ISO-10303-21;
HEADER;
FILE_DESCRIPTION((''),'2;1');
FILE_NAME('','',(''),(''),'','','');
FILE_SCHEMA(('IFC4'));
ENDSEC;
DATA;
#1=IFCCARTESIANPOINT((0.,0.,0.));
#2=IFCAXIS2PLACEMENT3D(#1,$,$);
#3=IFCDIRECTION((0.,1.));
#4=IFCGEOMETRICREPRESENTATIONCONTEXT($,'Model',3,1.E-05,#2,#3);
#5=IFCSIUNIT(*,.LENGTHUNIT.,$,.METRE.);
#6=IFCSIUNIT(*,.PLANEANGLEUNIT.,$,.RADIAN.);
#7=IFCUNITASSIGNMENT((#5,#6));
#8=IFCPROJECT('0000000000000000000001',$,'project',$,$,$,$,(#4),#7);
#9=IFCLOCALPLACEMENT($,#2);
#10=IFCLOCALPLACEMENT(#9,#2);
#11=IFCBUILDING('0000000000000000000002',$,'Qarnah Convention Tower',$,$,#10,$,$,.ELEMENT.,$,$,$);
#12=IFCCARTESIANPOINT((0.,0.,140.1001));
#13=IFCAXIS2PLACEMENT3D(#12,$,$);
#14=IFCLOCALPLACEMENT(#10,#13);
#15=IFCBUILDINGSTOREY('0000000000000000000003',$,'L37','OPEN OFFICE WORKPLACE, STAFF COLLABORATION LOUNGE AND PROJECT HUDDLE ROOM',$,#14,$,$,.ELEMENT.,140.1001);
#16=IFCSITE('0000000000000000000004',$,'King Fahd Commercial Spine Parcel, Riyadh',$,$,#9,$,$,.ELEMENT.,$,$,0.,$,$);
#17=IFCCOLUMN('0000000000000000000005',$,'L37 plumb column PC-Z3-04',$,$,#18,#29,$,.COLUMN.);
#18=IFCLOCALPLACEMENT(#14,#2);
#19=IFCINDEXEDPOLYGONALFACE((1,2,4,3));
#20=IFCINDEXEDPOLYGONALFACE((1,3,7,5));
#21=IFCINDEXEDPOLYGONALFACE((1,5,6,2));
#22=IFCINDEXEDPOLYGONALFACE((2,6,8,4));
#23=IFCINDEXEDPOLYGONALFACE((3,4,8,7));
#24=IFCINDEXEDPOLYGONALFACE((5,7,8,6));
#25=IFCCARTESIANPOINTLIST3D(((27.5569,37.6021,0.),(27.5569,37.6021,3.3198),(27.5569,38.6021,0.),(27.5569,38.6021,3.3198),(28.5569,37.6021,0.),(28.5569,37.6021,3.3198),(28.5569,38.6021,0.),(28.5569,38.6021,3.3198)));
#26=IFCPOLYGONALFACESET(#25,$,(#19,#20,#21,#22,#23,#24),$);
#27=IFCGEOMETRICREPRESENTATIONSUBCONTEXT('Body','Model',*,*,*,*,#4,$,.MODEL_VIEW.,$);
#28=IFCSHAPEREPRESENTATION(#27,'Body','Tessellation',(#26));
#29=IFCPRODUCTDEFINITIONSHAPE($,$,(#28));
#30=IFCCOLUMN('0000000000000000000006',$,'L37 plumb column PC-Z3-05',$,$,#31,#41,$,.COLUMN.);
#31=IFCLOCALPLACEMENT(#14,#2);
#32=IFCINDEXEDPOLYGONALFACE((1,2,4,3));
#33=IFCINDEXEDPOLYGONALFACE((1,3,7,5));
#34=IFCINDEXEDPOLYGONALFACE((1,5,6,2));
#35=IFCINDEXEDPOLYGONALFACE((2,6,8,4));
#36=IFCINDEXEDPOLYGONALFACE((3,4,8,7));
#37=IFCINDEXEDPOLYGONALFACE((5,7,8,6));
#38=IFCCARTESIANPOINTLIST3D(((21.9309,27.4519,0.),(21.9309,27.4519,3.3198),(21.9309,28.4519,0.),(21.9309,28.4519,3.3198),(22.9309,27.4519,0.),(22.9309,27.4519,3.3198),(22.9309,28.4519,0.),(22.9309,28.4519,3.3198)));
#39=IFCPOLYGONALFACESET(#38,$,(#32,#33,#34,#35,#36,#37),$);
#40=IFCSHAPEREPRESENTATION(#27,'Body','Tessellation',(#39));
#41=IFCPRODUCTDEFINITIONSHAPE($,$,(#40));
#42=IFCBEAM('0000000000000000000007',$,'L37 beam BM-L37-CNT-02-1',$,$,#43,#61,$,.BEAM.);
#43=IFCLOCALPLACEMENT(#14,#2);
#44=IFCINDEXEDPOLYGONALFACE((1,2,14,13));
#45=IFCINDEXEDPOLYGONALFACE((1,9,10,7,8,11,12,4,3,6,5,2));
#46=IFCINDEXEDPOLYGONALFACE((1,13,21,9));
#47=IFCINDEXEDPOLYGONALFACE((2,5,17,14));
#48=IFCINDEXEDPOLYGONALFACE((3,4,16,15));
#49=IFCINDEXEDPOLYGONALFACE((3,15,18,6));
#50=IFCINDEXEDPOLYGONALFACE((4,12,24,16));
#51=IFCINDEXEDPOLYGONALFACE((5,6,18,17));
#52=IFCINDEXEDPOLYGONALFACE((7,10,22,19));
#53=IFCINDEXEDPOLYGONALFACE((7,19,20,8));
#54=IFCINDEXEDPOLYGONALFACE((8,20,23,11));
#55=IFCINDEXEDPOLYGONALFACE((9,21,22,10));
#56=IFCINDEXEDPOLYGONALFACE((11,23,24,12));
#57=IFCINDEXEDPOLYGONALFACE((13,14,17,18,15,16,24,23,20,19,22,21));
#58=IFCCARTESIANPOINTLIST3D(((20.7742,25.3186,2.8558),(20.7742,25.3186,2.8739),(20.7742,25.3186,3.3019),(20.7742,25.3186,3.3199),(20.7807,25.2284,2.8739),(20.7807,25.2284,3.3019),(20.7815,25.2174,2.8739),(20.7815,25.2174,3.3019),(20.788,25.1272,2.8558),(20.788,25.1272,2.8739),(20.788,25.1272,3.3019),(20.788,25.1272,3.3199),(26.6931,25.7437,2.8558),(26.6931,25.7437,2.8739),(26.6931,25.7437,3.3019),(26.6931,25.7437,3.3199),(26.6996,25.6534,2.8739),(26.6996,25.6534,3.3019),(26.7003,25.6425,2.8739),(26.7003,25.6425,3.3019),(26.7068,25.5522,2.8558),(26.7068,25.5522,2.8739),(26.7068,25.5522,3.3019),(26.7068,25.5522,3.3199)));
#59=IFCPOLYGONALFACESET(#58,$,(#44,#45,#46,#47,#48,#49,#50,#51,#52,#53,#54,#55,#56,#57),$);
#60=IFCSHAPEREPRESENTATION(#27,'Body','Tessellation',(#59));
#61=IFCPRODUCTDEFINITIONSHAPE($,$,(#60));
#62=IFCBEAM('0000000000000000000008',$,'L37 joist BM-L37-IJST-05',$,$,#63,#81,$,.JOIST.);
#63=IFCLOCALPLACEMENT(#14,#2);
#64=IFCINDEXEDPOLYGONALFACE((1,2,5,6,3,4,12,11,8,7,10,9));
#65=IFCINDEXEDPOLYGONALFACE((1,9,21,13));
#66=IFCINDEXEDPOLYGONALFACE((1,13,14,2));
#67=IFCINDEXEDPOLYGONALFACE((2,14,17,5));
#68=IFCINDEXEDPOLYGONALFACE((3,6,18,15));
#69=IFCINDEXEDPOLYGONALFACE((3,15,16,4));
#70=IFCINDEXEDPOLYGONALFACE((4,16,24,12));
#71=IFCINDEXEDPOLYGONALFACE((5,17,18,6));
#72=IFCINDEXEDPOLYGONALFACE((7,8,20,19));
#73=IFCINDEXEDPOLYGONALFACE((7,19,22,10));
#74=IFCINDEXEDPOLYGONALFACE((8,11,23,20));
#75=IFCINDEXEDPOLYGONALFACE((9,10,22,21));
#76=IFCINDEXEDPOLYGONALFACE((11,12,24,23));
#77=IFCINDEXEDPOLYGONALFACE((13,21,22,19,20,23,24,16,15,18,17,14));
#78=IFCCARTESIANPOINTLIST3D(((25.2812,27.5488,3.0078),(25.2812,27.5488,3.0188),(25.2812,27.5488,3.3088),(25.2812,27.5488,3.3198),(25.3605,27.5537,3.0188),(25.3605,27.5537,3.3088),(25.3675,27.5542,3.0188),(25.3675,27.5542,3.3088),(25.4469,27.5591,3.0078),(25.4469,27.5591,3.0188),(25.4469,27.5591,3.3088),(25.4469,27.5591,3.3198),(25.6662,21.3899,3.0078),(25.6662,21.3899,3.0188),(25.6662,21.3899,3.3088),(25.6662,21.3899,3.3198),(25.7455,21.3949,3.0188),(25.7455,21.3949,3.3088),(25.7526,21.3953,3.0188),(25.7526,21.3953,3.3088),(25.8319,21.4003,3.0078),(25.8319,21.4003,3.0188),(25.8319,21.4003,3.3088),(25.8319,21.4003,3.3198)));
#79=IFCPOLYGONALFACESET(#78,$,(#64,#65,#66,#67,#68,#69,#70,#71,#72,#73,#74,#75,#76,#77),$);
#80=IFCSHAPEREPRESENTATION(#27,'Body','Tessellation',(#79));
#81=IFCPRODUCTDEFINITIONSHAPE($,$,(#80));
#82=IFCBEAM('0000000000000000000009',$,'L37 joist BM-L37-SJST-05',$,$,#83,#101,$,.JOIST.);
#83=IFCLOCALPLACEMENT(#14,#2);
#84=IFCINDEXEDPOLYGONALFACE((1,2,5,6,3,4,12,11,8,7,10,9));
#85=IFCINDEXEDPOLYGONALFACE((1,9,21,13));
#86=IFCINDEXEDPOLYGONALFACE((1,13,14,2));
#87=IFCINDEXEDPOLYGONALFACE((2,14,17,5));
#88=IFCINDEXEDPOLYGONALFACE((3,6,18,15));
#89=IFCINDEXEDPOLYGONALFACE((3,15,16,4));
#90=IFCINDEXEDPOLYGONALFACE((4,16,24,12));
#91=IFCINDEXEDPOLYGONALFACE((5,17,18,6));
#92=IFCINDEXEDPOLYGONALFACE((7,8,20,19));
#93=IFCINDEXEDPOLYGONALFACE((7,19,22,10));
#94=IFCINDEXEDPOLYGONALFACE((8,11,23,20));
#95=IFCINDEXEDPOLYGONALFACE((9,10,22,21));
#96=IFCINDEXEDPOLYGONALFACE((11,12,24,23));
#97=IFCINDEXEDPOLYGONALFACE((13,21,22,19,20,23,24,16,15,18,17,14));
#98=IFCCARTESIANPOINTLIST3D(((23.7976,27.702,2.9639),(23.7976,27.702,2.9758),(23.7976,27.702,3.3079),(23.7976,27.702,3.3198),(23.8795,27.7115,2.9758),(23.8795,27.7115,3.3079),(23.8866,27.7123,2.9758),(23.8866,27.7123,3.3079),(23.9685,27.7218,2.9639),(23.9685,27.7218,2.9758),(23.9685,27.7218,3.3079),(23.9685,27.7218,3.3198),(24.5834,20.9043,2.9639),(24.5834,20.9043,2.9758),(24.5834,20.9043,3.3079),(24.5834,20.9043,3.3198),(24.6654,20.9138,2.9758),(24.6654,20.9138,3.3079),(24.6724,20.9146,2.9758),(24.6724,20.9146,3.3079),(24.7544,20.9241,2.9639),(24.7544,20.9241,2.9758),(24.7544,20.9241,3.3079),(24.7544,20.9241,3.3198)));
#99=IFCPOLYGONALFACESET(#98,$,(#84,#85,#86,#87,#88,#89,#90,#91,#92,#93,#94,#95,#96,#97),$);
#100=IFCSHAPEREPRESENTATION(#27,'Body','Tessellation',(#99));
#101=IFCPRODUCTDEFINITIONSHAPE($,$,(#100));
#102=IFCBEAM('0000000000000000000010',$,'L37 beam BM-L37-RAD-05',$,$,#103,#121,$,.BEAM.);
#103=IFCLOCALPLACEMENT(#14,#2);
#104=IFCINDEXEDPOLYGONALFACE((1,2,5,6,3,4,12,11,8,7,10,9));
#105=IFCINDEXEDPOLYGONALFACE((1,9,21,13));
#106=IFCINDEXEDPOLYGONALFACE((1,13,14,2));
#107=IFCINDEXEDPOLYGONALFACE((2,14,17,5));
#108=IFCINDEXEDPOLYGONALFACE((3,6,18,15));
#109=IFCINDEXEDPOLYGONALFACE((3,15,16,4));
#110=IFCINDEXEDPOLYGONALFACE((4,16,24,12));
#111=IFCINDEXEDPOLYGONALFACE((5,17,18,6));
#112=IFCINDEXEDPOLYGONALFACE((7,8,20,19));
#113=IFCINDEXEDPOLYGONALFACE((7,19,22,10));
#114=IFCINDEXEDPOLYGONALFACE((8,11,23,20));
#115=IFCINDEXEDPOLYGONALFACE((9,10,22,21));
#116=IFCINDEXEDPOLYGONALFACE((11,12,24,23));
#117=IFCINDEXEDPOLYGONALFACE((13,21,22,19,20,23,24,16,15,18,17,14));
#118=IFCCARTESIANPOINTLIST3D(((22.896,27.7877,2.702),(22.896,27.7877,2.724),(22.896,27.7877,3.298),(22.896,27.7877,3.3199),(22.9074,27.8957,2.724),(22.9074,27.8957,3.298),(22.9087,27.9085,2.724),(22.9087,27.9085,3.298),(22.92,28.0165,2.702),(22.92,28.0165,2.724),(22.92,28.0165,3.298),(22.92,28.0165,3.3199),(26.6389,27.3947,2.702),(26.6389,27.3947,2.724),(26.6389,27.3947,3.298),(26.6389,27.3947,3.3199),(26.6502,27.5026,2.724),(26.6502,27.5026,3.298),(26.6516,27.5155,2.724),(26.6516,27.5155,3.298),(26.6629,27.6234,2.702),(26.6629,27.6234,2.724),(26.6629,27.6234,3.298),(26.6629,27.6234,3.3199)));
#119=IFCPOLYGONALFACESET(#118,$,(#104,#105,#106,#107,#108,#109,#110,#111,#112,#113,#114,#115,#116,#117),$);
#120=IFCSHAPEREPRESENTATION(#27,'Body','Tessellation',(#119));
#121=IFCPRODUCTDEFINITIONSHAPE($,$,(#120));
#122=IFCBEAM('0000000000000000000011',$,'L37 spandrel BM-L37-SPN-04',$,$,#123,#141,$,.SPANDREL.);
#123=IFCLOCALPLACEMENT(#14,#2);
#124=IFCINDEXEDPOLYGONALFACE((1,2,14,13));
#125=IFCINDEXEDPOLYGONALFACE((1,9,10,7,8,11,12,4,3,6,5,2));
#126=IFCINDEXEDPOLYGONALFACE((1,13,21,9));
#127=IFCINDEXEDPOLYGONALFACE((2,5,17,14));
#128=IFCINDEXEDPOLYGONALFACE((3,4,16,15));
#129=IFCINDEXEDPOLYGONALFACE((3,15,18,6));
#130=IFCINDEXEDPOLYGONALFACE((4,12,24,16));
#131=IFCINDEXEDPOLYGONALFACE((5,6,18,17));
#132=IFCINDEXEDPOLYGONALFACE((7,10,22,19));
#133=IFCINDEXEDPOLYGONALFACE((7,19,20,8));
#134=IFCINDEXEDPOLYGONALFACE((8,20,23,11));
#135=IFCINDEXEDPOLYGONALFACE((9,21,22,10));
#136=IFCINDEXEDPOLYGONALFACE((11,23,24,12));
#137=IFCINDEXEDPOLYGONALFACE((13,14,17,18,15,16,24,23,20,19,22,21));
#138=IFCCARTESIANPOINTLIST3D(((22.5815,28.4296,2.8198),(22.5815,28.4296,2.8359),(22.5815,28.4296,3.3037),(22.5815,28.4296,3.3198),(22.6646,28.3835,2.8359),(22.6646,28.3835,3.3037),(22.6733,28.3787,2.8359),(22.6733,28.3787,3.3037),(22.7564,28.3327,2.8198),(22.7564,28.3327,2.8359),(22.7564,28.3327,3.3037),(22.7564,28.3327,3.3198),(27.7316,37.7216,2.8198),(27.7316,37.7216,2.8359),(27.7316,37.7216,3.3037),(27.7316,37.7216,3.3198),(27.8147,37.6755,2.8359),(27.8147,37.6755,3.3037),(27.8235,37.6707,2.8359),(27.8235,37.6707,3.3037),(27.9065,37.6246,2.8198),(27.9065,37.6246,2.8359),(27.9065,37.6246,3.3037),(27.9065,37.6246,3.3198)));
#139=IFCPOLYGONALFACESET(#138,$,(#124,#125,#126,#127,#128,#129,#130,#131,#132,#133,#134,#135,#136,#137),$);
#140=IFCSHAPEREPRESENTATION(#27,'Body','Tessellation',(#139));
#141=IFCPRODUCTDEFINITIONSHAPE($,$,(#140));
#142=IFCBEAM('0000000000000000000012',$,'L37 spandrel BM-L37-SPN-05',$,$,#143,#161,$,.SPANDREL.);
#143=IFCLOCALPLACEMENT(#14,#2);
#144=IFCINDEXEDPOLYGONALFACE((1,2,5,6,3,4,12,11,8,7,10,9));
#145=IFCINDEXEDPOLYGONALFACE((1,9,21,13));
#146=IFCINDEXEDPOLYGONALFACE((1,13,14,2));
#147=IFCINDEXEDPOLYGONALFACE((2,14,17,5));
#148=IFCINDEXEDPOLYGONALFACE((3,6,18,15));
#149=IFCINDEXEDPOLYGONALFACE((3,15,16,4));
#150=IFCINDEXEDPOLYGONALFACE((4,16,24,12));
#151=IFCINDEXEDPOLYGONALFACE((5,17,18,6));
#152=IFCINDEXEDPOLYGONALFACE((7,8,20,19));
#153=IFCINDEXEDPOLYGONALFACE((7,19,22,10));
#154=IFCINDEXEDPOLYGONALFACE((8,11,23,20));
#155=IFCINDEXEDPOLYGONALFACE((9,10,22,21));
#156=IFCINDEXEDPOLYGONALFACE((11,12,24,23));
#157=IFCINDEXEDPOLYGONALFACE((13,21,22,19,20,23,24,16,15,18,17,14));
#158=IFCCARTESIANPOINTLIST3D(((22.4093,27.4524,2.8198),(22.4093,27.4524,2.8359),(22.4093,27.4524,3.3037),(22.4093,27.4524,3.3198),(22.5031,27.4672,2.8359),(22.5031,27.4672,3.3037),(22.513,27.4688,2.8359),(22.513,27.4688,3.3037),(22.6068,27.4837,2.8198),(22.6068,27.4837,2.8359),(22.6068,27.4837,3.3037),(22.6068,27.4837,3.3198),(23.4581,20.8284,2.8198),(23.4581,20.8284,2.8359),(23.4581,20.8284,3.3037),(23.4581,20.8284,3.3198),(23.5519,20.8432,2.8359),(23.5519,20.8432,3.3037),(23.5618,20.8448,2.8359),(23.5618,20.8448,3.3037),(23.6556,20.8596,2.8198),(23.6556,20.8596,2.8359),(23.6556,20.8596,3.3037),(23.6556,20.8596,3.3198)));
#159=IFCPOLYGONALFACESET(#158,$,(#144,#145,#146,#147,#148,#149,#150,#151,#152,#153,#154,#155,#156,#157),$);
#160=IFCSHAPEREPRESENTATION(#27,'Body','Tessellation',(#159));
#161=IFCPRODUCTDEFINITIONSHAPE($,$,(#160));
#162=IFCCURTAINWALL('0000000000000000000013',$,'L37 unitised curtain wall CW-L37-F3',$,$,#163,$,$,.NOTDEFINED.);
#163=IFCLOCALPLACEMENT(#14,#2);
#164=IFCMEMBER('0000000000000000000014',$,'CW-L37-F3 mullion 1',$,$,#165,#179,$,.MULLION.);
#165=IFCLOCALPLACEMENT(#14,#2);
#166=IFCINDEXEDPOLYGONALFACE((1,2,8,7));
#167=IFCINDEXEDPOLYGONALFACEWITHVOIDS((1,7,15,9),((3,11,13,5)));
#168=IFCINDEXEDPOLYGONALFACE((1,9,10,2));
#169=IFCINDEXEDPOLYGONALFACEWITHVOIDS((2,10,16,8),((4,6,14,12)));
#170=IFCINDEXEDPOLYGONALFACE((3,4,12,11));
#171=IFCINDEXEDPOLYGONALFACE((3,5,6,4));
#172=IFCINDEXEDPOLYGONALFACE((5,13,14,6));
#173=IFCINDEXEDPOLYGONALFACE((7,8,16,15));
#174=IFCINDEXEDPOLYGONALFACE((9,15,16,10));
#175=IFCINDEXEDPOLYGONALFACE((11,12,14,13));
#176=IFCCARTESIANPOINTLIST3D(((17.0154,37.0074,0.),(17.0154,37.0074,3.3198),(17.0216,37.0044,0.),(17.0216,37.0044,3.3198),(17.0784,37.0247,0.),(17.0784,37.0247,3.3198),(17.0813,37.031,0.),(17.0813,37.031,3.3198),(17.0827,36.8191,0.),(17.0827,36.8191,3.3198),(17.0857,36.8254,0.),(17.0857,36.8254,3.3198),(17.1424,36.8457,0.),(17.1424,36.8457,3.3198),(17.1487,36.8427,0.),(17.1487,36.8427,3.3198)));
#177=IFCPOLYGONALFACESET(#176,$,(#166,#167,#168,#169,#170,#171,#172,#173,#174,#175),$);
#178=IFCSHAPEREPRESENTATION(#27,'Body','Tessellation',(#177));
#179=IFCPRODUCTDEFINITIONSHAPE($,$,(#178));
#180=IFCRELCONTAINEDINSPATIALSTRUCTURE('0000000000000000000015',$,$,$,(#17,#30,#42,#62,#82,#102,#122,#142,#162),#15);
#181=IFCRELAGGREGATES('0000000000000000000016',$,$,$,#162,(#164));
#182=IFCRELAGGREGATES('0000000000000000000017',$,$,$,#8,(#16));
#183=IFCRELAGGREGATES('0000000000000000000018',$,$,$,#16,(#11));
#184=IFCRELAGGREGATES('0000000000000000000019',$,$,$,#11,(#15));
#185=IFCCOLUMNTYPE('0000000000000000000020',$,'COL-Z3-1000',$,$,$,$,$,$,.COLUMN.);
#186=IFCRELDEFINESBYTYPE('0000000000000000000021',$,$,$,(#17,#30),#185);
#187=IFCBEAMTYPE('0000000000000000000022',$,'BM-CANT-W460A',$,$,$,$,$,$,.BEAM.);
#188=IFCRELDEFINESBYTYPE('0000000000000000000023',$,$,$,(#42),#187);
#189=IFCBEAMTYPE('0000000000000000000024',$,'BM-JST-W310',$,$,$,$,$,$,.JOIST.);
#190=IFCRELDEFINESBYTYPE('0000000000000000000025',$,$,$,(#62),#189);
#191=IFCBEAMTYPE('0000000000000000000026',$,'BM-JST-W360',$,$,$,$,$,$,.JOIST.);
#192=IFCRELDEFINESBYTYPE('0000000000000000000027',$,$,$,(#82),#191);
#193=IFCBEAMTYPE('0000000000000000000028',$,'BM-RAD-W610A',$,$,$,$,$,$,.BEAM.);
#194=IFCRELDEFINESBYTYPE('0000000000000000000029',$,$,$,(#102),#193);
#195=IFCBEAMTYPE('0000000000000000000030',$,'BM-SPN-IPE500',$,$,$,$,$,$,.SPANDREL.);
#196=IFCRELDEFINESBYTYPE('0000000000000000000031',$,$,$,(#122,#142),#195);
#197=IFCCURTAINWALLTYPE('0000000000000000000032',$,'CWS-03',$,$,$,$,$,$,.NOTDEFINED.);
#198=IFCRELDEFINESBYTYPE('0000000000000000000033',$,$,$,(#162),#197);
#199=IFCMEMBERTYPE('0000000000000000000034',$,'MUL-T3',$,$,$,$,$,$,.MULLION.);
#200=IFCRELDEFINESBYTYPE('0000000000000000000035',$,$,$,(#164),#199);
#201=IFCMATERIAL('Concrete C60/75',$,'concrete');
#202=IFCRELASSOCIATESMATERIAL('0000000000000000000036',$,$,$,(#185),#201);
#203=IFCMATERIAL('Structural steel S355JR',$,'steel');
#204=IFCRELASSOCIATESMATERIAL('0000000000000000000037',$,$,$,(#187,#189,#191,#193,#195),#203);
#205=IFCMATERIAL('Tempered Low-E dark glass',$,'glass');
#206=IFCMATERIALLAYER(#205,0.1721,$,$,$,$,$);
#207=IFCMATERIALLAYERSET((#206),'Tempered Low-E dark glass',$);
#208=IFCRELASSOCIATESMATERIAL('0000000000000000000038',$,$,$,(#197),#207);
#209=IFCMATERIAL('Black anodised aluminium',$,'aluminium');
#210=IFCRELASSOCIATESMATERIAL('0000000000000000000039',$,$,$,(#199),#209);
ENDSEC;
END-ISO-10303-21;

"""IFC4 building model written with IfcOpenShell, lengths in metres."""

from ifc_helpers import new_model, si_unit, direction, frame, origin, origin_2d, place, context, subcontext, project, spatial, rectangle, hollow_rectangle, i_section, extrude, material, layer, layer_set, material_profile, profile_set, type_object, element, aggregate, save


model = new_model("IFC4")

# Units and contexts
model_context = context("Model", 3, precision=1e-05, world=origin(), true_north=direction((0.0, 1.0)))
body_context = subcontext(model_context, "Body", "Model", "MODEL_VIEW")
ifc_project = project(units=[si_unit("LENGTHUNIT", "METRE"), si_unit("PLANEANGLEUNIT", "RADIAN")], contexts=[model_context])

# Site, building, storey
site_placement = place(None, origin())
site = spatial("IfcSite", under=ifc_project, at=site_placement, Name="King Fahd Commercial Spine Parcel, Riyadh", CompositionType="ELEMENT", RefElevation=0.0)
building_placement = place(site_placement, origin())
building = spatial("IfcBuilding", under=site, at=building_placement, Name="Qarnah Convention Tower", CompositionType="ELEMENT")
storey_placement = place(building_placement, frame((0.0, 0.0, 140.1001)))
storey = spatial("IfcBuildingStorey", under=building, at=storey_placement, Name="L37", Description="OPEN OFFICE WORKPLACE, STAFF COLLABORATION LOUNGE AND PROJECT HUDDLE ROOM", CompositionType="ELEMENT", Elevation=140.1001)

# Columns
ifc_material_1 = material(Name="Concrete C60/75", Category="concrete")
ifc_material_profile_1 = material_profile(ifc_material_1, rectangle(XDim=1.0, YDim=1.0, at=origin_2d()), Name="RC-COL-1000X1000")
ifc_profile_set_1 = profile_set([ifc_material_profile_1], Name="Concrete C60/75")
column_type = type_object("IfcColumnType", Name="COL-Z3-1000", PredefinedType="COLUMN", material=ifc_profile_set_1)
for number, where, z_axis, x_axis, name in (
    (1, (28.0569, 38.1021, 0.0), (0.0, 0.0, 1.0), (1.0, 0.0, 0.0), "L37 plumb column PC-Z3-04"),
    (2, (22.4309, 27.9519, 0.0), (0.0, 0.0, 1.0), (1.0, 0.0, 0.0), "L37 plumb column PC-Z3-05"),
):
    element("IfcColumn", number, at=place(storey_placement, frame(where, z_axis=z_axis, x_axis=x_axis)), inside=storey, type_object=column_type, Name=name, PredefinedType="COLUMN", context=body_context, shape_type="SweptSolid", body=[
        extrude(rectangle(XDim=1.0, YDim=1.0, at=origin_2d()), origin(), (0.0, 0.0, 1.0), 3.3198),
    ])

# Beams
ifc_material_2 = material(Name="Structural steel S355JR", Category="steel")
ifc_material_profile_2 = material_profile(ifc_material_2, i_section(OverallWidth=0.1919, OverallDepth=0.4641, WebThickness=0.011, FlangeThickness=0.0181, at=origin_2d()), Name="W460X89")
ifc_profile_set_2 = profile_set([ifc_material_profile_2], Name="Structural steel S355JR")
beam_type_1 = type_object("IfcBeamType", Name="BM-CANT-W460A", PredefinedType="BEAM", material=ifc_profile_set_2)
beam_1_placement = place(storey_placement, frame((26.7, 25.6479, 3.0879), z_axis=(-0.997431, -0.071627, 0.0), x_axis=(0.071627, -0.997431, 0.0)))
element("IfcBeam", 3, at=beam_1_placement, inside=storey, type_object=beam_type_1, Name="L37 beam BM-L37-CNT-02-1", PredefinedType="BEAM", context=body_context, shape_type="SweptSolid", body=[
    extrude(i_section(OverallWidth=0.1919, OverallDepth=0.4641, WebThickness=0.011, FlangeThickness=0.0181, at=origin_2d()), origin(), (0.0, 0.0, 1.0), 5.9341),
])
ifc_material_profile_3 = material_profile(ifc_material_2, i_section(OverallWidth=0.166, OverallDepth=0.312, WebThickness=0.0071, FlangeThickness=0.011, at=origin_2d()), Name="W310X45")
ifc_profile_set_3 = profile_set([ifc_material_profile_3], Name="Structural steel S355JR")
beam_type_2 = type_object("IfcBeamType", Name="BM-JST-W310", PredefinedType="JOIST", material=ifc_profile_set_3)
beam_2_placement = place(storey_placement, frame((25.364, 27.554, 3.1638), z_axis=(0.062391, -0.998052, 0.0), x_axis=(0.998052, 0.062391, 0.0)))
element("IfcBeam", 4, at=beam_2_placement, inside=storey, type_object=beam_type_2, Name="L37 joist BM-L37-IJST-05", PredefinedType="JOIST", context=body_context, shape_type="SweptSolid", body=[
    extrude(i_section(OverallWidth=0.166, OverallDepth=0.312, WebThickness=0.0071, FlangeThickness=0.011, at=origin_2d()), origin(), (0.0, 0.0, 1.0), 6.1709),
])
ifc_material_profile_4 = material_profile(ifc_material_2, i_section(OverallWidth=0.1721, OverallDepth=0.356, WebThickness=0.0071, FlangeThickness=0.012, at=origin_2d()), Name="W360X51")
ifc_profile_set_4 = profile_set([ifc_material_profile_4], Name="Structural steel S355JR")
beam_type_3 = type_object("IfcBeamType", Name="BM-JST-W360", PredefinedType="JOIST", material=ifc_profile_set_4)
beam_3_placement = place(storey_placement, frame((23.8831, 27.7119, 3.1418), z_axis=(0.114843, -0.993384, 0.0), x_axis=(0.993384, 0.114843, 0.0)))
element("IfcBeam", 5, at=beam_3_placement, inside=storey, type_object=beam_type_3, Name="L37 joist BM-L37-SJST-05", PredefinedType="JOIST", context=body_context, shape_type="SweptSolid", body=[
    extrude(i_section(OverallWidth=0.1721, OverallDepth=0.356, WebThickness=0.0071, FlangeThickness=0.012, at=origin_2d()), origin(), (0.0, 0.0, 1.0), 6.843),
])
ifc_material_profile_5 = material_profile(ifc_material_2, i_section(OverallWidth=0.23, OverallDepth=0.6179, WebThickness=0.0129, FlangeThickness=0.022, at=origin_2d()), Name="W610X140")
ifc_profile_set_5 = profile_set([ifc_material_profile_5], Name="Structural steel S355JR")
beam_type_4 = type_object("IfcBeamType", Name="BM-RAD-W610A", PredefinedType="BEAM", material=ifc_profile_set_5)
beam_4_placement = place(storey_placement, frame((26.6509, 27.509, 3.011), z_axis=(-0.994531, 0.104442, 0.0), x_axis=(-0.104442, -0.994531, 0.0)))
element("IfcBeam", 6, at=beam_4_placement, inside=storey, type_object=beam_type_4, Name="L37 beam BM-L37-RAD-05", PredefinedType="BEAM", context=body_context, shape_type="SweptSolid", body=[
    extrude(i_section(OverallWidth=0.23, OverallDepth=0.6179, WebThickness=0.0129, FlangeThickness=0.022, at=origin_2d()), origin(), (0.0, 0.0, 1.0), 3.7634),
])
ifc_material_profile_6 = material_profile(ifc_material_2, i_section(OverallWidth=0.2, OverallDepth=0.5, WebThickness=0.01, FlangeThickness=0.0161, at=origin_2d()), Name="IPE500")
ifc_profile_set_6 = profile_set([ifc_material_profile_6], Name="Structural steel S355JR")
beam_type_5 = type_object("IfcBeamType", Name="BM-SPN-IPE500", PredefinedType="SPANDREL", material=ifc_profile_set_6)
beam_5_placement = place(storey_placement, frame((27.8191, 37.6731, 3.0698), z_axis=(-0.484774, -0.874639, 0.0), x_axis=(0.874639, -0.484774, 0.0)))
element("IfcBeam", 7, at=beam_5_placement, inside=storey, type_object=beam_type_5, Name="L37 spandrel BM-L37-SPN-04", PredefinedType="SPANDREL", context=body_context, shape_type="SweptSolid", body=[
    extrude(i_section(OverallWidth=0.2, OverallDepth=0.5, WebThickness=0.01, FlangeThickness=0.0161, at=origin_2d()), origin(), (0.0, 0.0, 1.0), 10.6238),
])
beam_6_placement = place(storey_placement, frame((22.5081, 27.468, 3.0698), z_axis=(0.156389, -0.987696, 0.0), x_axis=(0.987696, 0.156389, 0.0)))
element("IfcBeam", 8, at=beam_6_placement, inside=storey, type_object=beam_type_5, Name="L37 spandrel BM-L37-SPN-05", PredefinedType="SPANDREL", context=body_context, shape_type="SweptSolid", body=[
    extrude(i_section(OverallWidth=0.2, OverallDepth=0.5, WebThickness=0.01, FlangeThickness=0.0161, at=origin_2d()), origin(), (0.0, 0.0, 1.0), 6.7065),
])

# Curtain wall, member
ifc_material_3 = material(Name="Tempered Low-E dark glass", Category="glass")
ifc_layer_1 = layer(ifc_material_3, 0.1721)
ifc_layer_set_1 = layer_set([ifc_layer_1], Name="Tempered Low-E dark glass")
curtain_wall_type = type_object("IfcCurtainWallType", Name="CWS-03", PredefinedType="NOTDEFINED", material=ifc_layer_set_1)
curtain_wall_placement = place(storey_placement, origin())
curtain_wall = element("IfcCurtainWall", 9, at=curtain_wall_placement, inside=storey, type_object=curtain_wall_type, Name="L37 unitised curtain wall CW-L37-F3", PredefinedType="NOTDEFINED")
ifc_material_4 = material(Name="Black anodised aluminium", Category="aluminium")
ifc_material_profile_7 = material_profile(ifc_material_4, hollow_rectangle(XDim=0.0701, YDim=0.2, WallThickness=0.0049, at=origin_2d()), Name="MUL-70X200")
ifc_profile_set_7 = profile_set([ifc_material_profile_7], Name="Black anodised aluminium")
member_type_1 = type_object("IfcMemberType", Name="MUL-T3", PredefinedType="MULLION", material=ifc_profile_set_7)
member_1_placement = place(storey_placement, frame((17.082, 36.925, 0.0), z_axis=(0.0, 0.0, 1.0), x_axis=(0.941578, 0.336796, 0.0)))
member_1 = element("IfcMember", 10, at=member_1_placement, type_object=member_type_1, Name="CW-L37-F3 mullion 1", PredefinedType="MULLION", context=body_context, shape_type="SweptSolid", body=[
    extrude(hollow_rectangle(XDim=0.0701, YDim=0.2, WallThickness=0.0049, at=origin_2d()), origin(), (0.0, 0.0, 1.0), 3.3198),
])
aggregate(curtain_wall, [member_1])

save(model, "model.ifc")
